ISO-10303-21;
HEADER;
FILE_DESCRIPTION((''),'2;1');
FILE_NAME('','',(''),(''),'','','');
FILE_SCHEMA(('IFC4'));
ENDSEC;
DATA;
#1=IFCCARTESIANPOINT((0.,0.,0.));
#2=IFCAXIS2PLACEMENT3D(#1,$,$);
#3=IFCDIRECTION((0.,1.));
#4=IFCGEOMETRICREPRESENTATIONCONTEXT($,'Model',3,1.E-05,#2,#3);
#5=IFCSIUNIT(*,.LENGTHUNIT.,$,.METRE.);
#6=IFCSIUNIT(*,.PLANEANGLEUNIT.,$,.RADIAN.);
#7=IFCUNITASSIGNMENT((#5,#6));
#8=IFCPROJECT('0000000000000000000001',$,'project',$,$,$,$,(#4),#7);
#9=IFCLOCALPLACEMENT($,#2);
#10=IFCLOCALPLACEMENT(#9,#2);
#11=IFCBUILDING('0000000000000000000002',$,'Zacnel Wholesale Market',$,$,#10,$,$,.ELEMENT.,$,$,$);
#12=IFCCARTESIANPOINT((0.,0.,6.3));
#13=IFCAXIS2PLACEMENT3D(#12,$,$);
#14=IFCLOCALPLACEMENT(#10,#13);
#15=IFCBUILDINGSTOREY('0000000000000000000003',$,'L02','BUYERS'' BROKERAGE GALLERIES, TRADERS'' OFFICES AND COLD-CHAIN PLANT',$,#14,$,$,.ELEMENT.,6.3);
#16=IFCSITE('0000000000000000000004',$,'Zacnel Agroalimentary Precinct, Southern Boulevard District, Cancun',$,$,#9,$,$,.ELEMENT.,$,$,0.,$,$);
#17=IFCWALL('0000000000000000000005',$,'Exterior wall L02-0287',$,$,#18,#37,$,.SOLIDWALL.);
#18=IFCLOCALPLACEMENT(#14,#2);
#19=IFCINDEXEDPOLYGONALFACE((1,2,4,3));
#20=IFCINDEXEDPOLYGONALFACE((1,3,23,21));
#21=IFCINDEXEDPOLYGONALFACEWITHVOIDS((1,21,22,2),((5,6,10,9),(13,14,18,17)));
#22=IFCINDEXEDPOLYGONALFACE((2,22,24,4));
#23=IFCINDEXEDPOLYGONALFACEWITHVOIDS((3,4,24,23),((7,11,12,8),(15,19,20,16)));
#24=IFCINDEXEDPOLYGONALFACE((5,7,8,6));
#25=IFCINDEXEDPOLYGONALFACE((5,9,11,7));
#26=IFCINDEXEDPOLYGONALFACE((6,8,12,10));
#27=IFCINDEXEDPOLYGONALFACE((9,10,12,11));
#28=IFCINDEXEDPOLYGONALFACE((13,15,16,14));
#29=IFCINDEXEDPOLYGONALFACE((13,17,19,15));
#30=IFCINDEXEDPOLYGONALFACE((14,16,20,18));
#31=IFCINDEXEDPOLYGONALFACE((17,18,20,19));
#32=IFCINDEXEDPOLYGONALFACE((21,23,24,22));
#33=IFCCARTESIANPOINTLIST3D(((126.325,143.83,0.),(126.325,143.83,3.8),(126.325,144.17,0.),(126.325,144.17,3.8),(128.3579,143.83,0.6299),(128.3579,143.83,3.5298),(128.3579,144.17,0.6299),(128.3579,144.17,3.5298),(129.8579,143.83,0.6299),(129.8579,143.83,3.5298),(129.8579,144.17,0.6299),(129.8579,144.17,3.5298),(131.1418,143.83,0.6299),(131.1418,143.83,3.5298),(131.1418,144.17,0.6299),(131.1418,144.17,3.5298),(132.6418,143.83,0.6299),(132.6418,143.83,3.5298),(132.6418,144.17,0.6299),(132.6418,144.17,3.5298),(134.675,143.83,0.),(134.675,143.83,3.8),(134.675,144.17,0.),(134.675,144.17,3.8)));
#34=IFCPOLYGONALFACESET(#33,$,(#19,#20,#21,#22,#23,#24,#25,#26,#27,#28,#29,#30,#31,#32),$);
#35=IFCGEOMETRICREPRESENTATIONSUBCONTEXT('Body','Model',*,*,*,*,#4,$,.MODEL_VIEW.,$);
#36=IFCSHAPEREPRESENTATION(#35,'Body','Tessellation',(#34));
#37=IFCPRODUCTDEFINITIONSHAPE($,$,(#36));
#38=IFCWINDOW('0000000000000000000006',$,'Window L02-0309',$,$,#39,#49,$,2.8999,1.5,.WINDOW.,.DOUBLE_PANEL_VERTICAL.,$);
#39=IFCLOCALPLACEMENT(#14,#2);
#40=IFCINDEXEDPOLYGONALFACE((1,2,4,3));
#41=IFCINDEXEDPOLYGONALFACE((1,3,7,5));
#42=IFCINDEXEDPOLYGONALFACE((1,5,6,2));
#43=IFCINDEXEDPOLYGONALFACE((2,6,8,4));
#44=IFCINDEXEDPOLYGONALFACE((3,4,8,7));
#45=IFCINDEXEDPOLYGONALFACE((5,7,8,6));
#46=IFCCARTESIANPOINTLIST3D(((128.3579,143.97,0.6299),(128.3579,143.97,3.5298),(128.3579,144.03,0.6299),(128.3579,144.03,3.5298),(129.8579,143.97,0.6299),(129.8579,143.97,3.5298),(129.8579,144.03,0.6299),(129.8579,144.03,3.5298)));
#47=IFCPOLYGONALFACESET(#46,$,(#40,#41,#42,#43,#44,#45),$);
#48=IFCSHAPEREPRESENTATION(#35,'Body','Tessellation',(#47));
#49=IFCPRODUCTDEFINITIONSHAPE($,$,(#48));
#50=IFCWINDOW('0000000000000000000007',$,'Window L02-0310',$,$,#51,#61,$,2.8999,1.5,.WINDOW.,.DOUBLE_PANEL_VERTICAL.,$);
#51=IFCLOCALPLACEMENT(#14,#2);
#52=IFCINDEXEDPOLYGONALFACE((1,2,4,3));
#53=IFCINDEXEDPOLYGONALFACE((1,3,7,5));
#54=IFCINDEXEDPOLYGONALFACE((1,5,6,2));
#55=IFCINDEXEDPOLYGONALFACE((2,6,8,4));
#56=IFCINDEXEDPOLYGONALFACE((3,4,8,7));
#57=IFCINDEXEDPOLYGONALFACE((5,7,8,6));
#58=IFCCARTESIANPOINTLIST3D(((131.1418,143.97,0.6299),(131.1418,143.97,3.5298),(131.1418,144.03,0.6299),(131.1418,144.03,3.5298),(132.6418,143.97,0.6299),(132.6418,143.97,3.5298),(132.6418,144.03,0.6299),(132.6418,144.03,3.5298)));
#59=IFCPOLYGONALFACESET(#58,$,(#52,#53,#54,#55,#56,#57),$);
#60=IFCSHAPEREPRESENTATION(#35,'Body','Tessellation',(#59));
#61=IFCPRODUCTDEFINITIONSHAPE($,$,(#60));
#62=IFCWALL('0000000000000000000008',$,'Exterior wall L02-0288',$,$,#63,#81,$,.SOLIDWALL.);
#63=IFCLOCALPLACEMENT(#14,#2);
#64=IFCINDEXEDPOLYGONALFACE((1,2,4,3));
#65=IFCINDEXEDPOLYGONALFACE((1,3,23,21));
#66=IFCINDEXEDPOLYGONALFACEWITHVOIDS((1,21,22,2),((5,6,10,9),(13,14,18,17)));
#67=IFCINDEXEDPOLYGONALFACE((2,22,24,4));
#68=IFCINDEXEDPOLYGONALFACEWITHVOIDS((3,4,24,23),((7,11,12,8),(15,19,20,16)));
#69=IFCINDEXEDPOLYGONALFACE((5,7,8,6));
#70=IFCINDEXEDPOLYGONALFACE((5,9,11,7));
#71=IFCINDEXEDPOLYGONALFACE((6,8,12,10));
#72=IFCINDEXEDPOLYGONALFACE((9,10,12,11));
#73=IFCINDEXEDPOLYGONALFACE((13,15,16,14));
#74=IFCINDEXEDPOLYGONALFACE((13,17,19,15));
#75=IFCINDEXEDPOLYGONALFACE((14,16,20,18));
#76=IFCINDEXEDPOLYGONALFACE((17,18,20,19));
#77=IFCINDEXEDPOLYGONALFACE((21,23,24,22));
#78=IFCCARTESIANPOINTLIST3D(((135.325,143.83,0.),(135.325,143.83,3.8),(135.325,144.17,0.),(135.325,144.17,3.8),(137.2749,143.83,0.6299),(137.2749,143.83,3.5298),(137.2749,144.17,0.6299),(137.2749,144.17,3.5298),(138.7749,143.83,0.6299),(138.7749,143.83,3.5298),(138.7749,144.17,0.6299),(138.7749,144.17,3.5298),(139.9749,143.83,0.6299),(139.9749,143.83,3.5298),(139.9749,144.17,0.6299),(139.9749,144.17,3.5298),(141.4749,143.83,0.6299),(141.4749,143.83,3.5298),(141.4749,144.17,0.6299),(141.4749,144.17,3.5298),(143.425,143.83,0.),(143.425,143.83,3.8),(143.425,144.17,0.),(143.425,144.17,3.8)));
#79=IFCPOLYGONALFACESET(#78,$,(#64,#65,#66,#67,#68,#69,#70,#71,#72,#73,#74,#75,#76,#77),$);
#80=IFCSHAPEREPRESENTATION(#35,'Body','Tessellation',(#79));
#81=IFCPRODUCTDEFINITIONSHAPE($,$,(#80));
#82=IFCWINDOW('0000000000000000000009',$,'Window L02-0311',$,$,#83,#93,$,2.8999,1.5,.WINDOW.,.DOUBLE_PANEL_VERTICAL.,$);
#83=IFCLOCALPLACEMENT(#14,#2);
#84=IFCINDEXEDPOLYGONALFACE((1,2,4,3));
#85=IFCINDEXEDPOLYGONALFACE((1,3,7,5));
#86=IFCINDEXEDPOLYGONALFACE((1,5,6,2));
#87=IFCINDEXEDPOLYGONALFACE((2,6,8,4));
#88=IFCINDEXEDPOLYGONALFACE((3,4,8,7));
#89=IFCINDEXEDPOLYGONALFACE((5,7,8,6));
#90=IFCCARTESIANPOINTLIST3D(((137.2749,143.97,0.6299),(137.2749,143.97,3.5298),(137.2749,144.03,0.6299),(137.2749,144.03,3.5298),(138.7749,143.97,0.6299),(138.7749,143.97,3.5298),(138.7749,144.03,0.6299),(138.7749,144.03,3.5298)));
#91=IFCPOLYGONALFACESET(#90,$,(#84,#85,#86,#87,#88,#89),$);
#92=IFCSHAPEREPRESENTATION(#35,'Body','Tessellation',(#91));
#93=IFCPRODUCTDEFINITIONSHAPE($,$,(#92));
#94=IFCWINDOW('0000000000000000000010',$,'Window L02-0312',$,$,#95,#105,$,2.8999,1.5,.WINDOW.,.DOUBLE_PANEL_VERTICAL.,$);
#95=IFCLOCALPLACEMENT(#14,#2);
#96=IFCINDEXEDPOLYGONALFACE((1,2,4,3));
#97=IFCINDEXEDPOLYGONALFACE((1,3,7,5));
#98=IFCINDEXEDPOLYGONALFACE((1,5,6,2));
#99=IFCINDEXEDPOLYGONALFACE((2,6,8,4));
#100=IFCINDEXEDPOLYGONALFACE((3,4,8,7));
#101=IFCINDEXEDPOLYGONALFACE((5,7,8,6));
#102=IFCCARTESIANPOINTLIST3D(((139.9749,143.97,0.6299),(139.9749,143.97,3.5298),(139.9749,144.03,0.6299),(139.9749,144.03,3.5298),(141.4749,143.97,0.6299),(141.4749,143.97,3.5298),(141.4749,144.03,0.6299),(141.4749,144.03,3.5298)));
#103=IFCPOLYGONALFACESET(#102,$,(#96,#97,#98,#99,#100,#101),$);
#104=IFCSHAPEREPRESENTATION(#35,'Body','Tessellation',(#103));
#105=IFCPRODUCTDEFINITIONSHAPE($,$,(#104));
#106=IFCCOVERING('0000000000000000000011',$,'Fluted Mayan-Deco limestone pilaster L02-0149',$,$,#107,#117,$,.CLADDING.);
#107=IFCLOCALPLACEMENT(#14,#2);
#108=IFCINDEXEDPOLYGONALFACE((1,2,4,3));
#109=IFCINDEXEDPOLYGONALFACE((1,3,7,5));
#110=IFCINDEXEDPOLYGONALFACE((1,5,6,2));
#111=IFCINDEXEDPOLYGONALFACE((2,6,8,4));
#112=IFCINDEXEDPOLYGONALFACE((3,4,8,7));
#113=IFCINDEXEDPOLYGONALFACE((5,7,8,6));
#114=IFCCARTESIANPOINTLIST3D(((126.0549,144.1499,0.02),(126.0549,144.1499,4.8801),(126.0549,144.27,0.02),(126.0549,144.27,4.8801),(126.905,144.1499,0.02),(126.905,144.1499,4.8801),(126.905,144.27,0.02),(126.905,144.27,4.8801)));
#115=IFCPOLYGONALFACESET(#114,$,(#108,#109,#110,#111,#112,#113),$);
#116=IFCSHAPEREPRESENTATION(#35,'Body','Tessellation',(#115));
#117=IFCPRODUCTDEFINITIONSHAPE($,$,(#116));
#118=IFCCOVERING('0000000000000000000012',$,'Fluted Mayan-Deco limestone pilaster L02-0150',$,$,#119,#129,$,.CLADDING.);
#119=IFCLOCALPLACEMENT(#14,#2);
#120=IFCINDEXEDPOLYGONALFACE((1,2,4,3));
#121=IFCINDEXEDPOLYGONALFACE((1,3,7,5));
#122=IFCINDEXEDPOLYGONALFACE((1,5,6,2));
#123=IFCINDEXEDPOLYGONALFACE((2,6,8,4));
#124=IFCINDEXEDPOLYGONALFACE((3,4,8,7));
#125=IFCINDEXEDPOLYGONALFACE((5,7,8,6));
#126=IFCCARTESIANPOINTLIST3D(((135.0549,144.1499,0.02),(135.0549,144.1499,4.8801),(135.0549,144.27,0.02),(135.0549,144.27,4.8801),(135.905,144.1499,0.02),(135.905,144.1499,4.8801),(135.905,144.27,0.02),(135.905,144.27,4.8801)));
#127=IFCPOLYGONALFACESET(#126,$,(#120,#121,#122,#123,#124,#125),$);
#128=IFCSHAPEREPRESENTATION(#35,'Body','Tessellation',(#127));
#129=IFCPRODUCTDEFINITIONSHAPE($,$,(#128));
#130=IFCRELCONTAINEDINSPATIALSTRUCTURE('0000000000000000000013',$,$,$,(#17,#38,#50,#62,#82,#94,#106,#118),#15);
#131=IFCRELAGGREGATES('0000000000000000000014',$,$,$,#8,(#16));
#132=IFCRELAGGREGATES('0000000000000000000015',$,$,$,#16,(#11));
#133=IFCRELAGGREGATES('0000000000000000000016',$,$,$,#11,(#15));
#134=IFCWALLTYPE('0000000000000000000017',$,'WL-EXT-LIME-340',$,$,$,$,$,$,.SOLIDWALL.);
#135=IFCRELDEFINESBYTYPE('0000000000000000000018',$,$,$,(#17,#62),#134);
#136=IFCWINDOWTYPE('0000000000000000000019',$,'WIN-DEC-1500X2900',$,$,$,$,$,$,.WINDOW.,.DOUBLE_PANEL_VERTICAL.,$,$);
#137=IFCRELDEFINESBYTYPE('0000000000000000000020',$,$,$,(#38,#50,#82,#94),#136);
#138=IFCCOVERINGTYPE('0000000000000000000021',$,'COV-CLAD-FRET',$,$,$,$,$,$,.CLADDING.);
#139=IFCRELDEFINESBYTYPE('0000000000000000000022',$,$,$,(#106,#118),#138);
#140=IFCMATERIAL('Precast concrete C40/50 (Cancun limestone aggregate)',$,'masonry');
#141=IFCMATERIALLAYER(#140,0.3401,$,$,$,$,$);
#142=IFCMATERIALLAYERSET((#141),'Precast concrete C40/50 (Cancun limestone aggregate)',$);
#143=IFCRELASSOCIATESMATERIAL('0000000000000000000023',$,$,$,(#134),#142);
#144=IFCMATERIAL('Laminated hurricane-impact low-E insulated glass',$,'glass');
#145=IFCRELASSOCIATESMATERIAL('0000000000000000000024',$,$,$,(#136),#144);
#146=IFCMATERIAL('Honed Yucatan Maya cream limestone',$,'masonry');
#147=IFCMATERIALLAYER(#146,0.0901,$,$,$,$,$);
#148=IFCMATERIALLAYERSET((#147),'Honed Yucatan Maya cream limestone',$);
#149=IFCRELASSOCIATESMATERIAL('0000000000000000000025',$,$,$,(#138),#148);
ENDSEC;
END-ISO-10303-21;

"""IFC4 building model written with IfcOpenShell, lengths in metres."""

from ifc_helpers import new_model, si_unit, direction, frame, frame_2d, origin, origin_2d, place, context, subcontext, project, spatial, rectangle, extrude, material, layer, layer_set, type_object, element, fill, save


model = new_model("IFC4")

# Units and contexts
model_context = context("Model", 3, precision=1e-05, world=origin(), true_north=direction((0.0, 1.0)))
body_context = subcontext(model_context, "Body", "Model", "MODEL_VIEW")
ifc_project = project(units=[si_unit("LENGTHUNIT", "METRE"), si_unit("PLANEANGLEUNIT", "RADIAN")], contexts=[model_context])

# Site, building, storey
site_placement = place(None, origin())
site = spatial("IfcSite", under=ifc_project, at=site_placement, Name="Zacnel Agroalimentary Precinct, Southern Boulevard District, Cancun", CompositionType="ELEMENT", RefElevation=0.0)
building_placement = place(site_placement, origin())
building = spatial("IfcBuilding", under=site, at=building_placement, Name="Zacnel Wholesale Market", CompositionType="ELEMENT")
storey_placement = place(building_placement, frame((0.0, 0.0, 6.3)))
storey = spatial("IfcBuildingStorey", under=building, at=storey_placement, Name="L02", Description="BUYERS' BROKERAGE GALLERIES, TRADERS' OFFICES AND COLD-CHAIN PLANT", CompositionType="ELEMENT", Elevation=6.3)

# Walls, openings, windows
ifc_material_1 = material(Name="Precast concrete C40/50 (Cancun limestone aggregate)", Category="masonry")
ifc_layer_1 = layer(ifc_material_1, 0.3401)
ifc_layer_set_1 = layer_set([ifc_layer_1], Name="Precast concrete C40/50 (Cancun limestone aggregate)")
wall_type_1 = type_object("IfcWallType", Name="WL-EXT-LIME-340", PredefinedType="SOLIDWALL", material=ifc_layer_set_1)
wall_1_placement = place(storey_placement, frame((126.325, 144.0, 0.0), z_axis=(0.0, 0.0, 1.0), x_axis=(1.0, 0.0, 0.0)))
wall_1 = element("IfcWall", 1, at=wall_1_placement, inside=storey, type_object=wall_type_1, Name="Exterior wall L02-0287", PredefinedType="SOLIDWALL", context=body_context, shape_type="SweptSolid", body=[
    extrude(rectangle(XDim=8.3501, YDim=0.3401, at=frame_2d((4.175, 0.0))), origin(), (0.0, 0.0, 1.0), 3.8),
])
opening_1_placement = place(wall_1_placement, frame((2.033, 0.0, 0.6299)))
opening_1 = element("IfcOpeningElement", 2, at=opening_1_placement, cuts=wall_1, PredefinedType="OPENING", context=body_context, shape_type="SweptSolid", body=[
    extrude(rectangle(XDim=1.5, YDim=2.8999, at=frame_2d((0.75, 1.45))), frame((0.0, 0.1799, 0.0), z_axis=(0.0, -1.0, 0.0), x_axis=(1.0, 0.0, 0.0)), (0.0, 0.0, 1.0), 0.3601),
])
opening_2_placement = place(wall_1_placement, frame((4.8169, 0.0, 0.6299)))
opening_2 = element("IfcOpeningElement", 3, at=opening_2_placement, cuts=wall_1, PredefinedType="OPENING", context=body_context, shape_type="SweptSolid", body=[
    extrude(rectangle(XDim=1.5, YDim=2.8999, at=frame_2d((0.75, 1.45))), frame((0.0, 0.1799, 0.0), z_axis=(0.0, -1.0, 0.0), x_axis=(1.0, 0.0, 0.0)), (0.0, 0.0, 1.0), 0.3601),
])
ifc_material_2 = material(Name="Laminated hurricane-impact low-E insulated glass", Category="glass")
window_type = type_object("IfcWindowType", Name="WIN-DEC-1500X2900", PartitioningType="DOUBLE_PANEL_VERTICAL", PredefinedType="WINDOW", material=ifc_material_2)
window_1_placement = place(opening_1_placement, origin())
window_1 = element("IfcWindow", 4, at=window_1_placement, inside=storey, type_object=window_type, Name="Window L02-0309", OverallHeight=2.8999, OverallWidth=1.5, PartitioningType="DOUBLE_PANEL_VERTICAL", PredefinedType="WINDOW", context=body_context, shape_type="SweptSolid", body=[
    extrude(rectangle(XDim=1.5, YDim=2.8999, at=frame_2d((0.75, 1.45))), frame((0.0, 0.03, 0.0), z_axis=(0.0, -1.0, 0.0), x_axis=(1.0, 0.0, 0.0)), (0.0, 0.0, 1.0), 0.0601),
])
fill(opening_1, window_1)
window_2_placement = place(opening_2_placement, origin())
window_2 = element("IfcWindow", 5, at=window_2_placement, inside=storey, type_object=window_type, Name="Window L02-0310", OverallHeight=2.8999, OverallWidth=1.5, PartitioningType="DOUBLE_PANEL_VERTICAL", PredefinedType="WINDOW", context=body_context, shape_type="SweptSolid", body=[
    extrude(rectangle(XDim=1.5, YDim=2.8999, at=frame_2d((0.75, 1.45))), frame((0.0, 0.03, 0.0), z_axis=(0.0, -1.0, 0.0), x_axis=(1.0, 0.0, 0.0)), (0.0, 0.0, 1.0), 0.0601),
])
fill(opening_2, window_2)
wall_2_placement = place(storey_placement, frame((135.325, 144.0, 0.0), z_axis=(0.0, 0.0, 1.0), x_axis=(1.0, 0.0, 0.0)))
wall_2 = element("IfcWall", 6, at=wall_2_placement, inside=storey, type_object=wall_type_1, Name="Exterior wall L02-0288", PredefinedType="SOLIDWALL", context=body_context, shape_type="SweptSolid", body=[
    extrude(rectangle(XDim=8.1001, YDim=0.3401, at=frame_2d((4.05, 0.0))), origin(), (0.0, 0.0, 1.0), 3.8),
])
opening_3_placement = place(wall_2_placement, frame((1.95, 0.0, 0.6299)))
opening_3 = element("IfcOpeningElement", 7, at=opening_3_placement, cuts=wall_2, PredefinedType="OPENING", context=body_context, shape_type="SweptSolid", body=[
    extrude(rectangle(XDim=1.5, YDim=2.8999, at=frame_2d((0.75, 1.45))), frame((0.0, 0.1799, 0.0), z_axis=(0.0, -1.0, 0.0), x_axis=(1.0, 0.0, 0.0)), (0.0, 0.0, 1.0), 0.3601),
])
opening_4_placement = place(wall_2_placement, frame((4.6499, 0.0, 0.6299)))
opening_4 = element("IfcOpeningElement", 8, at=opening_4_placement, cuts=wall_2, PredefinedType="OPENING", context=body_context, shape_type="SweptSolid", body=[
    extrude(rectangle(XDim=1.5, YDim=2.8999, at=frame_2d((0.75, 1.45))), frame((0.0, 0.1799, 0.0), z_axis=(0.0, -1.0, 0.0), x_axis=(1.0, 0.0, 0.0)), (0.0, 0.0, 1.0), 0.3601),
])
window_3_placement = place(opening_3_placement, origin())
window_3 = element("IfcWindow", 9, at=window_3_placement, inside=storey, type_object=window_type, Name="Window L02-0311", OverallHeight=2.8999, OverallWidth=1.5, PartitioningType="DOUBLE_PANEL_VERTICAL", PredefinedType="WINDOW", context=body_context, shape_type="SweptSolid", body=[
    extrude(rectangle(XDim=1.5, YDim=2.8999, at=frame_2d((0.75, 1.45))), frame((0.0, 0.03, 0.0), z_axis=(0.0, -1.0, 0.0), x_axis=(1.0, 0.0, 0.0)), (0.0, 0.0, 1.0), 0.0601),
])
fill(opening_3, window_3)
window_4_placement = place(opening_4_placement, origin())
window_4 = element("IfcWindow", 10, at=window_4_placement, inside=storey, type_object=window_type, Name="Window L02-0312", OverallHeight=2.8999, OverallWidth=1.5, PartitioningType="DOUBLE_PANEL_VERTICAL", PredefinedType="WINDOW", context=body_context, shape_type="SweptSolid", body=[
    extrude(rectangle(XDim=1.5, YDim=2.8999, at=frame_2d((0.75, 1.45))), frame((0.0, 0.03, 0.0), z_axis=(0.0, -1.0, 0.0), x_axis=(1.0, 0.0, 0.0)), (0.0, 0.0, 1.0), 0.0601),
])
fill(opening_4, window_4)

# Coverings
ifc_material_3 = material(Name="Honed Yucatan Maya cream limestone", Category="masonry")
ifc_layer_2 = layer(ifc_material_3, 0.0901)
ifc_layer_set_2 = layer_set([ifc_layer_2], Name="Honed Yucatan Maya cream limestone")
covering_type = type_object("IfcCoveringType", Name="COV-CLAD-FRET", PredefinedType="CLADDING", material=ifc_layer_set_2)
for number, where, z_axis, x_axis, name in (
    (11, (126.48, 144.21, 0.02), (0.0, 0.0, 1.0), (1.0, 0.0, 0.0), "Fluted Mayan-Deco limestone pilaster L02-0149"),
    (12, (135.48, 144.21, 0.02), (0.0, 0.0, 1.0), (1.0, 0.0, 0.0), "Fluted Mayan-Deco limestone pilaster L02-0150"),
):
    element("IfcCovering", number, at=place(storey_placement, frame(where, z_axis=z_axis, x_axis=x_axis)), inside=storey, type_object=covering_type, Name=name, PredefinedType="CLADDING", context=body_context, shape_type="SweptSolid", body=[
        extrude(rectangle(XDim=0.8501, YDim=0.1201, at=origin_2d()), origin(), (0.0, 0.0, 1.0), 4.8601),
    ])

save(model, "model.ifc")
